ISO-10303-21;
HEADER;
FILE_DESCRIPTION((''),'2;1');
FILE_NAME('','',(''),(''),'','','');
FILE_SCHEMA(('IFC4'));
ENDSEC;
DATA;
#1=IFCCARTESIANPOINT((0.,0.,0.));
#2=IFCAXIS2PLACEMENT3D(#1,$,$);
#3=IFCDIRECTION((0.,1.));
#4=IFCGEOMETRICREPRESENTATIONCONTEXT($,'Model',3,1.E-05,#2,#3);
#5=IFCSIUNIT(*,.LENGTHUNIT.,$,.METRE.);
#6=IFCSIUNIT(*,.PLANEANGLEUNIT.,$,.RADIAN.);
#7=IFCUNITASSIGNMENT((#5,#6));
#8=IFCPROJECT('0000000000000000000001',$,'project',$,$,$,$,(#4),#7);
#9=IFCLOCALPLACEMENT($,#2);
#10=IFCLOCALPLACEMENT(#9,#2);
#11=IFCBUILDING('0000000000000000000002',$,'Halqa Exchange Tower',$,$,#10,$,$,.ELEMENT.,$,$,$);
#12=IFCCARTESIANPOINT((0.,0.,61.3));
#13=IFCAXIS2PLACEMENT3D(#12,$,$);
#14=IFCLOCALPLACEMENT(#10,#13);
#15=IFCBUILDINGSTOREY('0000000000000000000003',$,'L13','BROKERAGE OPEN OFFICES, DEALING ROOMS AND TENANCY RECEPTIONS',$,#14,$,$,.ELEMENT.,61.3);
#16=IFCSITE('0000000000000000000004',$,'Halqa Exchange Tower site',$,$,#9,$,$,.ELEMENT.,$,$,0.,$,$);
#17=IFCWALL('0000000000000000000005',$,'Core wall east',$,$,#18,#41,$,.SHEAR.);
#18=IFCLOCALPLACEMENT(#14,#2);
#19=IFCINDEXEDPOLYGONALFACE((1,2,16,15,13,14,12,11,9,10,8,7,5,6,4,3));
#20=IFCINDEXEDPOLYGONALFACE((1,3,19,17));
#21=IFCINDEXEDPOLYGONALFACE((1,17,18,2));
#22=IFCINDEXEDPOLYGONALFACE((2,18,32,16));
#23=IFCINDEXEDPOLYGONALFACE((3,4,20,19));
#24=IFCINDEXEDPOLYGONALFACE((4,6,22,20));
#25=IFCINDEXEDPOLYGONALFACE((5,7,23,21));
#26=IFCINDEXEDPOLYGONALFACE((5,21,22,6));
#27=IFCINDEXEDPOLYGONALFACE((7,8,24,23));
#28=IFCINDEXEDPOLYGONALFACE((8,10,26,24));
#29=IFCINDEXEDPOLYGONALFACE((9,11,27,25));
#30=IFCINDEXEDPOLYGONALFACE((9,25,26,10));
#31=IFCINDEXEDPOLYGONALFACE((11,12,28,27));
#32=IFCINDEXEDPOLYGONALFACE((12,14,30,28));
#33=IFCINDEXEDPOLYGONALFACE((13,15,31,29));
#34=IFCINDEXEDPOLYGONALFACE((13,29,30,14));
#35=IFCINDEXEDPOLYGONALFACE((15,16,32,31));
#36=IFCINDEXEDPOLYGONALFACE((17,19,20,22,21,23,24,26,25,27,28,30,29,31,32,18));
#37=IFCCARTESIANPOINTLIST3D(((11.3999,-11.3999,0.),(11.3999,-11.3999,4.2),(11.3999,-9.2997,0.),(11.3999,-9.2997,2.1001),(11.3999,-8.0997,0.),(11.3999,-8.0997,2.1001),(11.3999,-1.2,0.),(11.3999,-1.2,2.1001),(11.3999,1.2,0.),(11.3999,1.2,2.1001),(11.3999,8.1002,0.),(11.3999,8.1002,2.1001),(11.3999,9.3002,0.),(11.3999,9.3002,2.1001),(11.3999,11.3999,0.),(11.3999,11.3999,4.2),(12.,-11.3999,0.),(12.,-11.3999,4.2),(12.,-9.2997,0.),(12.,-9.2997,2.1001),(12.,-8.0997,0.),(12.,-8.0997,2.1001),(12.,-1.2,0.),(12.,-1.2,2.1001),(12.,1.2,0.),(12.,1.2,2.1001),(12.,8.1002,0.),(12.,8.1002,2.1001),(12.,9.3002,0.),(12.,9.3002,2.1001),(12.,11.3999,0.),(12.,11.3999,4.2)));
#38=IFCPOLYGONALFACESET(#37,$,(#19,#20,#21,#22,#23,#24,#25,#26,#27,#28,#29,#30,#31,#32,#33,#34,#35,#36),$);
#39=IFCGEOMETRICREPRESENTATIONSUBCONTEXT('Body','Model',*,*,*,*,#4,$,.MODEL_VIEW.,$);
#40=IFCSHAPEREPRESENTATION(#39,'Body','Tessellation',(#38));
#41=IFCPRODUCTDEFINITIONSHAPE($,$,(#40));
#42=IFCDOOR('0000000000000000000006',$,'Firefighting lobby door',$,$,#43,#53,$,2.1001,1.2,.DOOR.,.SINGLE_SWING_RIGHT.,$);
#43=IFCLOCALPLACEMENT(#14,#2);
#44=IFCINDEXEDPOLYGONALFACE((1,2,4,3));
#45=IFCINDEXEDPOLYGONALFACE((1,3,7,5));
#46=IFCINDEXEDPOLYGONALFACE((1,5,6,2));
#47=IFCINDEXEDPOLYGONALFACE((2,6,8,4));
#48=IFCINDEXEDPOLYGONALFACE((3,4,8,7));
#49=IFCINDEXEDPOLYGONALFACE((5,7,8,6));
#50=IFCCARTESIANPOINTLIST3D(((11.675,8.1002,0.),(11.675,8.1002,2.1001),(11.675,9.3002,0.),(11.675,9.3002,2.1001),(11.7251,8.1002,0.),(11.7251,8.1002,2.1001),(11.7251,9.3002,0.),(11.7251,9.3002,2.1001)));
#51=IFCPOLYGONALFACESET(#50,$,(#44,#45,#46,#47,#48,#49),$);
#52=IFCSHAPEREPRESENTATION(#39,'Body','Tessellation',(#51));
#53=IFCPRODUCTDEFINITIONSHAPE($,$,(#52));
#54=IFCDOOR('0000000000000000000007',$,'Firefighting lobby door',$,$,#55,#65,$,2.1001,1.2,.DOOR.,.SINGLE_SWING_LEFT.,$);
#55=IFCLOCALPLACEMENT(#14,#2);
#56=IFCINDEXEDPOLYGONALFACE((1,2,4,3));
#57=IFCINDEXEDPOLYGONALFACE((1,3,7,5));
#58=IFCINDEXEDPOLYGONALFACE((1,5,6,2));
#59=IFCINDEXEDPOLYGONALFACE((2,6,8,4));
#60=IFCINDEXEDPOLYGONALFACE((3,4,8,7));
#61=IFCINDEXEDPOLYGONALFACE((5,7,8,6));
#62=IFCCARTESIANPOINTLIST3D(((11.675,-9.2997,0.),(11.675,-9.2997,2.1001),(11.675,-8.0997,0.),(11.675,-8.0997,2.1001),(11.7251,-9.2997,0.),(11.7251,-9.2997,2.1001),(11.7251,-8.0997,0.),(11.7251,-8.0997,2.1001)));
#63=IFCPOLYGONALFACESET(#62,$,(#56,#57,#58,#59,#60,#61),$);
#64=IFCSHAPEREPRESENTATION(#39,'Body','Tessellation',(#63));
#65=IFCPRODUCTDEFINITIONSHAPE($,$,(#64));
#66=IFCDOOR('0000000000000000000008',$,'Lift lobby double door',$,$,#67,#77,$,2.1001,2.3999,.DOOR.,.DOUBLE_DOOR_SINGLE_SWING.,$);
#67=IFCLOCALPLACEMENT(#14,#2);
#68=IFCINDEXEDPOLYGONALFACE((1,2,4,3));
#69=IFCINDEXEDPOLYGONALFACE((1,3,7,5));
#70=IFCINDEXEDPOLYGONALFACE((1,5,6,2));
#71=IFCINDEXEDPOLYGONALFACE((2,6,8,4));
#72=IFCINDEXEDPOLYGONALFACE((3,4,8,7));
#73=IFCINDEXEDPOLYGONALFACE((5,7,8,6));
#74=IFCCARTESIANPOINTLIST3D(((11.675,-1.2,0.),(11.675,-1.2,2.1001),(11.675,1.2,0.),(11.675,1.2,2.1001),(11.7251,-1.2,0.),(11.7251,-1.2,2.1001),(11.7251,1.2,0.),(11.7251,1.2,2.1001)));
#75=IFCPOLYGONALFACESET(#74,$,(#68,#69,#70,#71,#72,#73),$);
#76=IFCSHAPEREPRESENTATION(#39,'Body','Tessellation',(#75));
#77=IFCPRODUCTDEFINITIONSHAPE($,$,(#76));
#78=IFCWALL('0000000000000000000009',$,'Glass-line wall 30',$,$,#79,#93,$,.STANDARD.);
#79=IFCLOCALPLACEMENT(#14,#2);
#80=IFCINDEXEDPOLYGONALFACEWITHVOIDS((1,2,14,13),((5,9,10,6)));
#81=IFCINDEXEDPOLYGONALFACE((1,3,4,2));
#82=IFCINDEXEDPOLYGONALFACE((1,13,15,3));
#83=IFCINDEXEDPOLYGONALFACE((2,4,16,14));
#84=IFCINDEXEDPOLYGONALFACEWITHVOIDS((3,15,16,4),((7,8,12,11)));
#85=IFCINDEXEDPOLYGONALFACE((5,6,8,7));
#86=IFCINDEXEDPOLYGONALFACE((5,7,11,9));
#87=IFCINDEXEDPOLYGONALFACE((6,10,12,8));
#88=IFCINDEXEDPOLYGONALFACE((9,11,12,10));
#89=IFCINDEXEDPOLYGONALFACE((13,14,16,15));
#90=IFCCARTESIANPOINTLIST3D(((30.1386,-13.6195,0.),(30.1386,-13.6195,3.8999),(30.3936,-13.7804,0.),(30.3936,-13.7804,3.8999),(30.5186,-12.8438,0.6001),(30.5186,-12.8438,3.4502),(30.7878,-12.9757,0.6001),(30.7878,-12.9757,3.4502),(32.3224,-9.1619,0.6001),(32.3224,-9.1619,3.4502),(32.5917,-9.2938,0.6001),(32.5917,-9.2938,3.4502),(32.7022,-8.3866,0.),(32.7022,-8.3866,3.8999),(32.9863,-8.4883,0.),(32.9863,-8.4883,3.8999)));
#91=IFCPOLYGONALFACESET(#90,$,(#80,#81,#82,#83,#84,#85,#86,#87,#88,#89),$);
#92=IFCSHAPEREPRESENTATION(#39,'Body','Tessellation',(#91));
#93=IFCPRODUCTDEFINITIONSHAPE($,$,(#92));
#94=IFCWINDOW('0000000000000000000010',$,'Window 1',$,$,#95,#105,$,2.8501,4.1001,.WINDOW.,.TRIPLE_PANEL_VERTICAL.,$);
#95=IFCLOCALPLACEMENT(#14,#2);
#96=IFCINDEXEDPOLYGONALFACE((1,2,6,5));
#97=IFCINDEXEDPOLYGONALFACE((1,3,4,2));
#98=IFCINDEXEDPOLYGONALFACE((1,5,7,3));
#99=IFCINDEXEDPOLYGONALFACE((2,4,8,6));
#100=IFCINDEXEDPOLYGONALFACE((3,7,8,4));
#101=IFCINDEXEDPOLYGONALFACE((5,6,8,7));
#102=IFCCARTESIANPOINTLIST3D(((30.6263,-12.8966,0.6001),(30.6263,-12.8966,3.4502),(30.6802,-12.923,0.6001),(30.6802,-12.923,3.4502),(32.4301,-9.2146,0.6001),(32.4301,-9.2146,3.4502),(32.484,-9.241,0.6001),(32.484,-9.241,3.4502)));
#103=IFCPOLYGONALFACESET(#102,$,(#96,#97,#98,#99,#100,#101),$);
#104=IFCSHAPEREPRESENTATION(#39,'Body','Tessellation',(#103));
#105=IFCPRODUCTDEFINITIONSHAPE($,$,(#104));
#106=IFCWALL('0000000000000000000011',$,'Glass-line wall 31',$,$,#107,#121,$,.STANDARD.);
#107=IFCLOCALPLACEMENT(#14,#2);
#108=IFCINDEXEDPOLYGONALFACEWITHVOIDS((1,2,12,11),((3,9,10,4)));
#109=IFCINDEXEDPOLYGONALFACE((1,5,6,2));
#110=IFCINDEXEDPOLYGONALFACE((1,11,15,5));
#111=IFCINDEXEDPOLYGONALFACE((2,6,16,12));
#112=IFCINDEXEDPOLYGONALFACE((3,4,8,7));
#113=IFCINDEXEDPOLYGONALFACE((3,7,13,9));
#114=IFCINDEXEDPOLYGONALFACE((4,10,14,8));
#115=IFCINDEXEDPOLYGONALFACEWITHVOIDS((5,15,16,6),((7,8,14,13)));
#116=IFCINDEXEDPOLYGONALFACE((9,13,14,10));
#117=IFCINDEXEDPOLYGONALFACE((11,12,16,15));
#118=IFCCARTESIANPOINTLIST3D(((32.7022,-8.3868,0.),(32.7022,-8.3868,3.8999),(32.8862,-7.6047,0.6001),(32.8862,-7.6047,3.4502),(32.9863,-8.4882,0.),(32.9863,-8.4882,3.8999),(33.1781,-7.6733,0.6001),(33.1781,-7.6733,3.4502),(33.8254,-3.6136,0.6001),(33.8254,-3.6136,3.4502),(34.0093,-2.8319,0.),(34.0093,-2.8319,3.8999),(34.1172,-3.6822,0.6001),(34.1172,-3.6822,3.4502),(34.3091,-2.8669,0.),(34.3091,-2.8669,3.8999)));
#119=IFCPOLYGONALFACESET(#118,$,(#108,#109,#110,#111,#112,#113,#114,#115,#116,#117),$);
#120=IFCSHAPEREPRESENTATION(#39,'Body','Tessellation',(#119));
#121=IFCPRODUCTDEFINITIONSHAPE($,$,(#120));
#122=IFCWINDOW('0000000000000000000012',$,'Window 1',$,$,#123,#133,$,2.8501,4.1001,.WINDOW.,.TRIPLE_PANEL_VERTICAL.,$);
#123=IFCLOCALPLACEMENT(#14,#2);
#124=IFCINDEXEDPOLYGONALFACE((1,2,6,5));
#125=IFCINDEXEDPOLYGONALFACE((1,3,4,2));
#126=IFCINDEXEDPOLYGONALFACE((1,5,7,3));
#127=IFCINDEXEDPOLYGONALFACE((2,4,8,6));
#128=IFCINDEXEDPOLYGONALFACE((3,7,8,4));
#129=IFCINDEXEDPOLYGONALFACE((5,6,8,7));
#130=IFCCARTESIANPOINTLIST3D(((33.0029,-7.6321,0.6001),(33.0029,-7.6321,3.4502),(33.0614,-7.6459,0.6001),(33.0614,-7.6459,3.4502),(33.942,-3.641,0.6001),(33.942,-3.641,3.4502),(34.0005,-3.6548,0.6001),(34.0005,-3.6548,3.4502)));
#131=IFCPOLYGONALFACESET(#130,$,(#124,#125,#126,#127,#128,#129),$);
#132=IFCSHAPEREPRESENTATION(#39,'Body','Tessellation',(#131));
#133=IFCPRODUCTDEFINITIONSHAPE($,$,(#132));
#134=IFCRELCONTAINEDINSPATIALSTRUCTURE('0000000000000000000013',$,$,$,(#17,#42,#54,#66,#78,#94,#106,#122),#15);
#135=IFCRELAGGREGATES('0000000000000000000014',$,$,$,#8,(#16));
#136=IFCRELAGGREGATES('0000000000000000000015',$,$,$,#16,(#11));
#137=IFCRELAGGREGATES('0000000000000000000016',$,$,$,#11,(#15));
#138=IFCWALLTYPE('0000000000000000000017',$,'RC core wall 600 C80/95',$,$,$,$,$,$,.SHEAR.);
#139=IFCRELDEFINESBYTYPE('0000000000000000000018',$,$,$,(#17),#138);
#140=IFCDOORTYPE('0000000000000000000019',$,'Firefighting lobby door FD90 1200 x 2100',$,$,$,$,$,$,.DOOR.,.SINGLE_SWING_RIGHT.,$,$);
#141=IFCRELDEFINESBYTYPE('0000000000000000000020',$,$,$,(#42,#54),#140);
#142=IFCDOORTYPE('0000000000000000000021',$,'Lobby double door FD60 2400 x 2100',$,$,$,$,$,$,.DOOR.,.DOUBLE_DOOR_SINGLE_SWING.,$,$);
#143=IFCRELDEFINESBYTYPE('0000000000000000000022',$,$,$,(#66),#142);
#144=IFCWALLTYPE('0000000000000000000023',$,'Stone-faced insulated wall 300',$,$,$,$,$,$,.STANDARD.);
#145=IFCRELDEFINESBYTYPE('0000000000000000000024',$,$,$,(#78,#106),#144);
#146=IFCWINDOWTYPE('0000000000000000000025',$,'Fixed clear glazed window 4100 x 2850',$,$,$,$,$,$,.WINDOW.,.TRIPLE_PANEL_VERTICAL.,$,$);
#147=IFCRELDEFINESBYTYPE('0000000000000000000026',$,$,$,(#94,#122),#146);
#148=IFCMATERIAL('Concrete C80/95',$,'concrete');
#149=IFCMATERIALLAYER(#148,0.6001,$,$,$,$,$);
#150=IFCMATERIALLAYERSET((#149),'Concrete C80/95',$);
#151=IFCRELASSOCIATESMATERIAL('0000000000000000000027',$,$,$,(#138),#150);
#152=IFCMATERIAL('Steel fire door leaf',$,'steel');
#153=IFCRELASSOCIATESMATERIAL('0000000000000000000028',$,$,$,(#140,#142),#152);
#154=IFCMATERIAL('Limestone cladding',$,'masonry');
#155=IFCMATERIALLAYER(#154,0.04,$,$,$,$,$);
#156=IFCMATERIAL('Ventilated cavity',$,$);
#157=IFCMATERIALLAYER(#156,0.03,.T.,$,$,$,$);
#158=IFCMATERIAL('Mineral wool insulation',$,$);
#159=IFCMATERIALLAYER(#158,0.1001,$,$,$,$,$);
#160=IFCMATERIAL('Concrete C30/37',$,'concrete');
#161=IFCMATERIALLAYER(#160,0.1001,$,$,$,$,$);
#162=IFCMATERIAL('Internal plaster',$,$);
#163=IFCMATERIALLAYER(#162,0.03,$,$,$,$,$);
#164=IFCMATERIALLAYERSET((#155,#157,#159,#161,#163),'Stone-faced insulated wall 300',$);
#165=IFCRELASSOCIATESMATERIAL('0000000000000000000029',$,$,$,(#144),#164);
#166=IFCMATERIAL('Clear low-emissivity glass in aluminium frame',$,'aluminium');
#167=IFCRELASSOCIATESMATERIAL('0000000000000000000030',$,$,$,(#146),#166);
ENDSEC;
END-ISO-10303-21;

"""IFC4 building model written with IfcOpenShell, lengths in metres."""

from ifc_helpers import new_model, si_unit, direction, frame, frame_2d, origin, place, context, subcontext, project, spatial, polyline, rectangle, outline, extrude, material, layer, layer_set, type_object, element, fill, save


model = new_model("IFC4")

# Units and contexts
model_context = context("Model", 3, precision=1e-05, world=origin(), true_north=direction((0.0, 1.0)))
body_context = subcontext(model_context, "Body", "Model", "MODEL_VIEW")
ifc_project = project(units=[si_unit("LENGTHUNIT", "METRE"), si_unit("PLANEANGLEUNIT", "RADIAN")], contexts=[model_context])

# Site, building, storey
site_placement = place(None, origin())
site = spatial("IfcSite", under=ifc_project, at=site_placement, Name="Halqa Exchange Tower site", CompositionType="ELEMENT", RefElevation=0.0)
building_placement = place(site_placement, origin())
building = spatial("IfcBuilding", under=site, at=building_placement, Name="Halqa Exchange Tower", CompositionType="ELEMENT")
storey_placement = place(building_placement, frame((0.0, 0.0, 61.3)))
storey = spatial("IfcBuildingStorey", under=building, at=storey_placement, Name="L13", Description="BROKERAGE OPEN OFFICES, DEALING ROOMS AND TENANCY RECEPTIONS", CompositionType="ELEMENT", Elevation=61.3)

# Shared definitions
ifc_material_1 = material(Name="Concrete C80/95", Category="concrete")

# Wall, openings, doors
ifc_layer_1 = layer(ifc_material_1, 0.6001)
ifc_layer_set_1 = layer_set([ifc_layer_1], Name="Concrete C80/95")
wall_type_1 = type_object("IfcWallType", Name="RC core wall 600 C80/95", PredefinedType="SHEAR", material=ifc_layer_set_1)
wall_1_placement = place(storey_placement, frame((11.7, -11.3999, 0.0), z_axis=(0.0, 0.0, 1.0), x_axis=(0.0, 1.0, 0.0)))
wall_1 = element("IfcWall", 1, at=wall_1_placement, inside=storey, type_object=wall_type_1, Name="Core wall east", PredefinedType="SHEAR", context=body_context, shape_type="SweptSolid", body=[
    extrude(rectangle(XDim=22.7998, YDim=0.6001, at=frame_2d((11.3999, 0.0))), origin(), (0.0, 0.0, 1.0), 4.2),
])
opening_1_placement = place(wall_1_placement, frame((10.2, 0.0, 0.0)))
opening_1 = element("IfcOpeningElement", 2, at=opening_1_placement, cuts=wall_1, PredefinedType="OPENING", context=body_context, shape_type="SweptSolid", body=[
    extrude(rectangle(XDim=2.3999, YDim=2.1001, at=frame_2d((1.2, 1.05))), frame((0.0, 0.312, 0.0), z_axis=(0.0, -1.0, 0.0), x_axis=(1.0, 0.0, 0.0)), (0.0, 0.0, 1.0), 0.624),
])
opening_2_placement = place(wall_1_placement, frame((19.5, 0.0, 0.0)))
opening_2 = element("IfcOpeningElement", 3, at=opening_2_placement, cuts=wall_1, PredefinedType="OPENING", context=body_context, shape_type="SweptSolid", body=[
    extrude(rectangle(XDim=1.2, YDim=2.1001, at=frame_2d((0.6001, 1.05))), frame((0.0, 0.312, 0.0), z_axis=(0.0, -1.0, 0.0), x_axis=(1.0, 0.0, 0.0)), (0.0, 0.0, 1.0), 0.624),
])
opening_3_placement = place(wall_1_placement, frame((2.1001, 0.0, 0.0)))
opening_3 = element("IfcOpeningElement", 4, at=opening_3_placement, cuts=wall_1, PredefinedType="OPENING", context=body_context, shape_type="SweptSolid", body=[
    extrude(rectangle(XDim=1.2, YDim=2.1001, at=frame_2d((0.6001, 1.05))), frame((0.0, 0.312, 0.0), z_axis=(0.0, -1.0, 0.0), x_axis=(1.0, 0.0, 0.0)), (0.0, 0.0, 1.0), 0.624),
])
ifc_material_2 = material(Name="Steel fire door leaf", Category="steel")
door_type_1 = type_object("IfcDoorType", Name="Firefighting lobby door FD90 1200 x 2100", OperationType="SINGLE_SWING_RIGHT", PredefinedType="DOOR", material=ifc_material_2)
door_1_placement = place(opening_2_placement, origin())
door_1 = element("IfcDoor", 5, at=door_1_placement, inside=storey, type_object=door_type_1, Name="Firefighting lobby door", OperationType="SINGLE_SWING_RIGHT", OverallHeight=2.1001, OverallWidth=1.2, PredefinedType="DOOR", context=body_context, shape_type="SweptSolid", body=[
    extrude(rectangle(XDim=1.2, YDim=2.1001, at=frame_2d((0.6001, 1.05))), frame((0.0, 0.0249, 0.0), z_axis=(0.0, -1.0, 0.0), x_axis=(1.0, 0.0, 0.0)), (0.0, 0.0, 1.0), 0.05),
])
fill(opening_2, door_1)
door_2_placement = place(opening_3_placement, origin())
door_2 = element("IfcDoor", 6, at=door_2_placement, inside=storey, type_object=door_type_1, Name="Firefighting lobby door", OperationType="SINGLE_SWING_LEFT", OverallHeight=2.1001, OverallWidth=1.2, PredefinedType="DOOR", context=body_context, shape_type="SweptSolid", body=[
    extrude(rectangle(XDim=1.2, YDim=2.1001, at=frame_2d((0.6001, 1.05))), frame((0.0, 0.0249, 0.0), z_axis=(0.0, -1.0, 0.0), x_axis=(1.0, 0.0, 0.0)), (0.0, 0.0, 1.0), 0.05),
])
fill(opening_3, door_2)
door_type_2 = type_object("IfcDoorType", Name="Lobby double door FD60 2400 x 2100", OperationType="DOUBLE_DOOR_SINGLE_SWING", PredefinedType="DOOR", material=ifc_material_2)
door_3_placement = place(opening_1_placement, origin())
door_3 = element("IfcDoor", 7, at=door_3_placement, inside=storey, type_object=door_type_2, Name="Lift lobby double door", OperationType="DOUBLE_DOOR_SINGLE_SWING", OverallHeight=2.1001, OverallWidth=2.3999, PredefinedType="DOOR", context=body_context, shape_type="SweptSolid", body=[
    extrude(rectangle(XDim=2.3999, YDim=2.1001, at=frame_2d((1.2, 1.05))), frame((0.0, 0.0249, 0.0), z_axis=(0.0, -1.0, 0.0), x_axis=(1.0, 0.0, 0.0)), (0.0, 0.0, 1.0), 0.05),
])
fill(opening_1, door_3)

# Walls, openings, windows
ifc_material_3 = material(Name="Limestone cladding", Category="masonry")
ifc_layer_2 = layer(ifc_material_3, 0.04)
ifc_material_4 = material(Name="Ventilated cavity")
ifc_layer_3 = layer(ifc_material_4, 0.03, ventilated=True)
ifc_material_5 = material(Name="Mineral wool insulation")
ifc_layer_4 = layer(ifc_material_5, 0.1001)
ifc_material_6 = material(Name="Concrete C30/37", Category="concrete")
ifc_layer_5 = layer(ifc_material_6, 0.1001)
ifc_material_7 = material(Name="Internal plaster")
ifc_layer_6 = layer(ifc_material_7, 0.03)
ifc_layer_set_2 = layer_set([ifc_layer_2, ifc_layer_3, ifc_layer_4, ifc_layer_5, ifc_layer_6], Name="Stone-faced insulated wall 300")
wall_type_2 = type_object("IfcWallType", Name="Stone-faced insulated wall 300", PredefinedType="STANDARD", material=ifc_layer_set_2)
wall_2_placement = place(storey_placement, frame((30.2661, -13.7, 0.0), z_axis=(0.0, 0.0, 1.0), x_axis=(0.43995, 0.898022, 0.0)))
wall_2 = element("IfcWall", 8, at=wall_2_placement, inside=storey, type_object=wall_type_2, Name="Glass-line wall 30", PredefinedType="STANDARD", context=body_context, shape_type="SweptSolid", body=[
    extrude(outline(polyline([(-0.0161, -0.1499), (5.877, -0.1499), (5.8433, 0.1499), (0.0161, 0.1499), (-0.0161, -0.1499)])), origin(), (0.0, 0.0, 1.0), 3.8999),
])
opening_4_placement = place(wall_2_placement, frame((0.8799, 0.0, 0.6001)))
opening_4 = element("IfcOpeningElement", 9, at=opening_4_placement, cuts=wall_2, PredefinedType="OPENING", context=body_context, shape_type="SweptSolid", body=[
    extrude(rectangle(XDim=4.1001, YDim=2.8501, at=frame_2d((2.05, 1.425))), frame((0.0, 0.1621, 0.0), z_axis=(0.0, -1.0, 0.0), x_axis=(1.0, 0.0, 0.0)), (0.0, 0.0, 1.0), 0.324),
])
ifc_material_8 = material(Name="Clear low-emissivity glass in aluminium frame", Category="aluminium")
window_type = type_object("IfcWindowType", Name="Fixed clear glazed window 4100 x 2850", PartitioningType="TRIPLE_PANEL_VERTICAL", PredefinedType="WINDOW", material=ifc_material_8)
window_1_placement = place(opening_4_placement, origin())
window_1 = element("IfcWindow", 10, at=window_1_placement, inside=storey, type_object=window_type, Name="Window 1", OverallHeight=2.8501, OverallWidth=4.1001, PartitioningType="TRIPLE_PANEL_VERTICAL", PredefinedType="WINDOW", context=body_context, shape_type="SweptSolid", body=[
    extrude(rectangle(XDim=4.1001, YDim=2.8501, at=frame_2d((2.05, 1.425))), frame((0.0, 0.03, 0.0), z_axis=(0.0, -1.0, 0.0), x_axis=(1.0, 0.0, 0.0)), (0.0, 0.0, 1.0), 0.0601),
])
fill(opening_4, window_1)
wall_3_placement = place(storey_placement, frame((32.8442, -8.4375, 0.0), z_axis=(0.0, 0.0, 1.0), x_axis=(0.229054, 0.973414, 0.0)))
wall_3 = element("IfcWall", 11, at=wall_3_placement, inside=storey, type_object=wall_type_2, Name="Glass-line wall 31", PredefinedType="STANDARD", context=body_context, shape_type="SweptSolid", body=[
    extrude(outline(polyline([(-0.0168, -0.1499), (5.7581, -0.1499), (5.7234, 0.1499), (0.0168, 0.1499), (-0.0168, -0.1499)])), origin(), (0.0, 0.0, 1.0), 3.8999),
])
opening_5_placement = place(wall_3_placement, frame((0.8203, 0.0, 0.6001)))
opening_5 = element("IfcOpeningElement", 12, at=opening_5_placement, cuts=wall_3, PredefinedType="OPENING", context=body_context, shape_type="SweptSolid", body=[
    extrude(rectangle(XDim=4.1001, YDim=2.8501, at=frame_2d((2.05, 1.425))), frame((0.0, 0.1621, 0.0), z_axis=(0.0, -1.0, 0.0), x_axis=(1.0, 0.0, 0.0)), (0.0, 0.0, 1.0), 0.324),
])
window_2_placement = place(opening_5_placement, origin())
window_2 = element("IfcWindow", 13, at=window_2_placement, inside=storey, type_object=window_type, Name="Window 1", OverallHeight=2.8501, OverallWidth=4.1001, PartitioningType="TRIPLE_PANEL_VERTICAL", PredefinedType="WINDOW", context=body_context, shape_type="SweptSolid", body=[
    extrude(rectangle(XDim=4.1001, YDim=2.8501, at=frame_2d((2.05, 1.425))), frame((0.0, 0.03, 0.0), z_axis=(0.0, -1.0, 0.0), x_axis=(1.0, 0.0, 0.0)), (0.0, 0.0, 1.0), 0.0601),
])
fill(opening_5, window_2)

save(model, "model.ifc")
